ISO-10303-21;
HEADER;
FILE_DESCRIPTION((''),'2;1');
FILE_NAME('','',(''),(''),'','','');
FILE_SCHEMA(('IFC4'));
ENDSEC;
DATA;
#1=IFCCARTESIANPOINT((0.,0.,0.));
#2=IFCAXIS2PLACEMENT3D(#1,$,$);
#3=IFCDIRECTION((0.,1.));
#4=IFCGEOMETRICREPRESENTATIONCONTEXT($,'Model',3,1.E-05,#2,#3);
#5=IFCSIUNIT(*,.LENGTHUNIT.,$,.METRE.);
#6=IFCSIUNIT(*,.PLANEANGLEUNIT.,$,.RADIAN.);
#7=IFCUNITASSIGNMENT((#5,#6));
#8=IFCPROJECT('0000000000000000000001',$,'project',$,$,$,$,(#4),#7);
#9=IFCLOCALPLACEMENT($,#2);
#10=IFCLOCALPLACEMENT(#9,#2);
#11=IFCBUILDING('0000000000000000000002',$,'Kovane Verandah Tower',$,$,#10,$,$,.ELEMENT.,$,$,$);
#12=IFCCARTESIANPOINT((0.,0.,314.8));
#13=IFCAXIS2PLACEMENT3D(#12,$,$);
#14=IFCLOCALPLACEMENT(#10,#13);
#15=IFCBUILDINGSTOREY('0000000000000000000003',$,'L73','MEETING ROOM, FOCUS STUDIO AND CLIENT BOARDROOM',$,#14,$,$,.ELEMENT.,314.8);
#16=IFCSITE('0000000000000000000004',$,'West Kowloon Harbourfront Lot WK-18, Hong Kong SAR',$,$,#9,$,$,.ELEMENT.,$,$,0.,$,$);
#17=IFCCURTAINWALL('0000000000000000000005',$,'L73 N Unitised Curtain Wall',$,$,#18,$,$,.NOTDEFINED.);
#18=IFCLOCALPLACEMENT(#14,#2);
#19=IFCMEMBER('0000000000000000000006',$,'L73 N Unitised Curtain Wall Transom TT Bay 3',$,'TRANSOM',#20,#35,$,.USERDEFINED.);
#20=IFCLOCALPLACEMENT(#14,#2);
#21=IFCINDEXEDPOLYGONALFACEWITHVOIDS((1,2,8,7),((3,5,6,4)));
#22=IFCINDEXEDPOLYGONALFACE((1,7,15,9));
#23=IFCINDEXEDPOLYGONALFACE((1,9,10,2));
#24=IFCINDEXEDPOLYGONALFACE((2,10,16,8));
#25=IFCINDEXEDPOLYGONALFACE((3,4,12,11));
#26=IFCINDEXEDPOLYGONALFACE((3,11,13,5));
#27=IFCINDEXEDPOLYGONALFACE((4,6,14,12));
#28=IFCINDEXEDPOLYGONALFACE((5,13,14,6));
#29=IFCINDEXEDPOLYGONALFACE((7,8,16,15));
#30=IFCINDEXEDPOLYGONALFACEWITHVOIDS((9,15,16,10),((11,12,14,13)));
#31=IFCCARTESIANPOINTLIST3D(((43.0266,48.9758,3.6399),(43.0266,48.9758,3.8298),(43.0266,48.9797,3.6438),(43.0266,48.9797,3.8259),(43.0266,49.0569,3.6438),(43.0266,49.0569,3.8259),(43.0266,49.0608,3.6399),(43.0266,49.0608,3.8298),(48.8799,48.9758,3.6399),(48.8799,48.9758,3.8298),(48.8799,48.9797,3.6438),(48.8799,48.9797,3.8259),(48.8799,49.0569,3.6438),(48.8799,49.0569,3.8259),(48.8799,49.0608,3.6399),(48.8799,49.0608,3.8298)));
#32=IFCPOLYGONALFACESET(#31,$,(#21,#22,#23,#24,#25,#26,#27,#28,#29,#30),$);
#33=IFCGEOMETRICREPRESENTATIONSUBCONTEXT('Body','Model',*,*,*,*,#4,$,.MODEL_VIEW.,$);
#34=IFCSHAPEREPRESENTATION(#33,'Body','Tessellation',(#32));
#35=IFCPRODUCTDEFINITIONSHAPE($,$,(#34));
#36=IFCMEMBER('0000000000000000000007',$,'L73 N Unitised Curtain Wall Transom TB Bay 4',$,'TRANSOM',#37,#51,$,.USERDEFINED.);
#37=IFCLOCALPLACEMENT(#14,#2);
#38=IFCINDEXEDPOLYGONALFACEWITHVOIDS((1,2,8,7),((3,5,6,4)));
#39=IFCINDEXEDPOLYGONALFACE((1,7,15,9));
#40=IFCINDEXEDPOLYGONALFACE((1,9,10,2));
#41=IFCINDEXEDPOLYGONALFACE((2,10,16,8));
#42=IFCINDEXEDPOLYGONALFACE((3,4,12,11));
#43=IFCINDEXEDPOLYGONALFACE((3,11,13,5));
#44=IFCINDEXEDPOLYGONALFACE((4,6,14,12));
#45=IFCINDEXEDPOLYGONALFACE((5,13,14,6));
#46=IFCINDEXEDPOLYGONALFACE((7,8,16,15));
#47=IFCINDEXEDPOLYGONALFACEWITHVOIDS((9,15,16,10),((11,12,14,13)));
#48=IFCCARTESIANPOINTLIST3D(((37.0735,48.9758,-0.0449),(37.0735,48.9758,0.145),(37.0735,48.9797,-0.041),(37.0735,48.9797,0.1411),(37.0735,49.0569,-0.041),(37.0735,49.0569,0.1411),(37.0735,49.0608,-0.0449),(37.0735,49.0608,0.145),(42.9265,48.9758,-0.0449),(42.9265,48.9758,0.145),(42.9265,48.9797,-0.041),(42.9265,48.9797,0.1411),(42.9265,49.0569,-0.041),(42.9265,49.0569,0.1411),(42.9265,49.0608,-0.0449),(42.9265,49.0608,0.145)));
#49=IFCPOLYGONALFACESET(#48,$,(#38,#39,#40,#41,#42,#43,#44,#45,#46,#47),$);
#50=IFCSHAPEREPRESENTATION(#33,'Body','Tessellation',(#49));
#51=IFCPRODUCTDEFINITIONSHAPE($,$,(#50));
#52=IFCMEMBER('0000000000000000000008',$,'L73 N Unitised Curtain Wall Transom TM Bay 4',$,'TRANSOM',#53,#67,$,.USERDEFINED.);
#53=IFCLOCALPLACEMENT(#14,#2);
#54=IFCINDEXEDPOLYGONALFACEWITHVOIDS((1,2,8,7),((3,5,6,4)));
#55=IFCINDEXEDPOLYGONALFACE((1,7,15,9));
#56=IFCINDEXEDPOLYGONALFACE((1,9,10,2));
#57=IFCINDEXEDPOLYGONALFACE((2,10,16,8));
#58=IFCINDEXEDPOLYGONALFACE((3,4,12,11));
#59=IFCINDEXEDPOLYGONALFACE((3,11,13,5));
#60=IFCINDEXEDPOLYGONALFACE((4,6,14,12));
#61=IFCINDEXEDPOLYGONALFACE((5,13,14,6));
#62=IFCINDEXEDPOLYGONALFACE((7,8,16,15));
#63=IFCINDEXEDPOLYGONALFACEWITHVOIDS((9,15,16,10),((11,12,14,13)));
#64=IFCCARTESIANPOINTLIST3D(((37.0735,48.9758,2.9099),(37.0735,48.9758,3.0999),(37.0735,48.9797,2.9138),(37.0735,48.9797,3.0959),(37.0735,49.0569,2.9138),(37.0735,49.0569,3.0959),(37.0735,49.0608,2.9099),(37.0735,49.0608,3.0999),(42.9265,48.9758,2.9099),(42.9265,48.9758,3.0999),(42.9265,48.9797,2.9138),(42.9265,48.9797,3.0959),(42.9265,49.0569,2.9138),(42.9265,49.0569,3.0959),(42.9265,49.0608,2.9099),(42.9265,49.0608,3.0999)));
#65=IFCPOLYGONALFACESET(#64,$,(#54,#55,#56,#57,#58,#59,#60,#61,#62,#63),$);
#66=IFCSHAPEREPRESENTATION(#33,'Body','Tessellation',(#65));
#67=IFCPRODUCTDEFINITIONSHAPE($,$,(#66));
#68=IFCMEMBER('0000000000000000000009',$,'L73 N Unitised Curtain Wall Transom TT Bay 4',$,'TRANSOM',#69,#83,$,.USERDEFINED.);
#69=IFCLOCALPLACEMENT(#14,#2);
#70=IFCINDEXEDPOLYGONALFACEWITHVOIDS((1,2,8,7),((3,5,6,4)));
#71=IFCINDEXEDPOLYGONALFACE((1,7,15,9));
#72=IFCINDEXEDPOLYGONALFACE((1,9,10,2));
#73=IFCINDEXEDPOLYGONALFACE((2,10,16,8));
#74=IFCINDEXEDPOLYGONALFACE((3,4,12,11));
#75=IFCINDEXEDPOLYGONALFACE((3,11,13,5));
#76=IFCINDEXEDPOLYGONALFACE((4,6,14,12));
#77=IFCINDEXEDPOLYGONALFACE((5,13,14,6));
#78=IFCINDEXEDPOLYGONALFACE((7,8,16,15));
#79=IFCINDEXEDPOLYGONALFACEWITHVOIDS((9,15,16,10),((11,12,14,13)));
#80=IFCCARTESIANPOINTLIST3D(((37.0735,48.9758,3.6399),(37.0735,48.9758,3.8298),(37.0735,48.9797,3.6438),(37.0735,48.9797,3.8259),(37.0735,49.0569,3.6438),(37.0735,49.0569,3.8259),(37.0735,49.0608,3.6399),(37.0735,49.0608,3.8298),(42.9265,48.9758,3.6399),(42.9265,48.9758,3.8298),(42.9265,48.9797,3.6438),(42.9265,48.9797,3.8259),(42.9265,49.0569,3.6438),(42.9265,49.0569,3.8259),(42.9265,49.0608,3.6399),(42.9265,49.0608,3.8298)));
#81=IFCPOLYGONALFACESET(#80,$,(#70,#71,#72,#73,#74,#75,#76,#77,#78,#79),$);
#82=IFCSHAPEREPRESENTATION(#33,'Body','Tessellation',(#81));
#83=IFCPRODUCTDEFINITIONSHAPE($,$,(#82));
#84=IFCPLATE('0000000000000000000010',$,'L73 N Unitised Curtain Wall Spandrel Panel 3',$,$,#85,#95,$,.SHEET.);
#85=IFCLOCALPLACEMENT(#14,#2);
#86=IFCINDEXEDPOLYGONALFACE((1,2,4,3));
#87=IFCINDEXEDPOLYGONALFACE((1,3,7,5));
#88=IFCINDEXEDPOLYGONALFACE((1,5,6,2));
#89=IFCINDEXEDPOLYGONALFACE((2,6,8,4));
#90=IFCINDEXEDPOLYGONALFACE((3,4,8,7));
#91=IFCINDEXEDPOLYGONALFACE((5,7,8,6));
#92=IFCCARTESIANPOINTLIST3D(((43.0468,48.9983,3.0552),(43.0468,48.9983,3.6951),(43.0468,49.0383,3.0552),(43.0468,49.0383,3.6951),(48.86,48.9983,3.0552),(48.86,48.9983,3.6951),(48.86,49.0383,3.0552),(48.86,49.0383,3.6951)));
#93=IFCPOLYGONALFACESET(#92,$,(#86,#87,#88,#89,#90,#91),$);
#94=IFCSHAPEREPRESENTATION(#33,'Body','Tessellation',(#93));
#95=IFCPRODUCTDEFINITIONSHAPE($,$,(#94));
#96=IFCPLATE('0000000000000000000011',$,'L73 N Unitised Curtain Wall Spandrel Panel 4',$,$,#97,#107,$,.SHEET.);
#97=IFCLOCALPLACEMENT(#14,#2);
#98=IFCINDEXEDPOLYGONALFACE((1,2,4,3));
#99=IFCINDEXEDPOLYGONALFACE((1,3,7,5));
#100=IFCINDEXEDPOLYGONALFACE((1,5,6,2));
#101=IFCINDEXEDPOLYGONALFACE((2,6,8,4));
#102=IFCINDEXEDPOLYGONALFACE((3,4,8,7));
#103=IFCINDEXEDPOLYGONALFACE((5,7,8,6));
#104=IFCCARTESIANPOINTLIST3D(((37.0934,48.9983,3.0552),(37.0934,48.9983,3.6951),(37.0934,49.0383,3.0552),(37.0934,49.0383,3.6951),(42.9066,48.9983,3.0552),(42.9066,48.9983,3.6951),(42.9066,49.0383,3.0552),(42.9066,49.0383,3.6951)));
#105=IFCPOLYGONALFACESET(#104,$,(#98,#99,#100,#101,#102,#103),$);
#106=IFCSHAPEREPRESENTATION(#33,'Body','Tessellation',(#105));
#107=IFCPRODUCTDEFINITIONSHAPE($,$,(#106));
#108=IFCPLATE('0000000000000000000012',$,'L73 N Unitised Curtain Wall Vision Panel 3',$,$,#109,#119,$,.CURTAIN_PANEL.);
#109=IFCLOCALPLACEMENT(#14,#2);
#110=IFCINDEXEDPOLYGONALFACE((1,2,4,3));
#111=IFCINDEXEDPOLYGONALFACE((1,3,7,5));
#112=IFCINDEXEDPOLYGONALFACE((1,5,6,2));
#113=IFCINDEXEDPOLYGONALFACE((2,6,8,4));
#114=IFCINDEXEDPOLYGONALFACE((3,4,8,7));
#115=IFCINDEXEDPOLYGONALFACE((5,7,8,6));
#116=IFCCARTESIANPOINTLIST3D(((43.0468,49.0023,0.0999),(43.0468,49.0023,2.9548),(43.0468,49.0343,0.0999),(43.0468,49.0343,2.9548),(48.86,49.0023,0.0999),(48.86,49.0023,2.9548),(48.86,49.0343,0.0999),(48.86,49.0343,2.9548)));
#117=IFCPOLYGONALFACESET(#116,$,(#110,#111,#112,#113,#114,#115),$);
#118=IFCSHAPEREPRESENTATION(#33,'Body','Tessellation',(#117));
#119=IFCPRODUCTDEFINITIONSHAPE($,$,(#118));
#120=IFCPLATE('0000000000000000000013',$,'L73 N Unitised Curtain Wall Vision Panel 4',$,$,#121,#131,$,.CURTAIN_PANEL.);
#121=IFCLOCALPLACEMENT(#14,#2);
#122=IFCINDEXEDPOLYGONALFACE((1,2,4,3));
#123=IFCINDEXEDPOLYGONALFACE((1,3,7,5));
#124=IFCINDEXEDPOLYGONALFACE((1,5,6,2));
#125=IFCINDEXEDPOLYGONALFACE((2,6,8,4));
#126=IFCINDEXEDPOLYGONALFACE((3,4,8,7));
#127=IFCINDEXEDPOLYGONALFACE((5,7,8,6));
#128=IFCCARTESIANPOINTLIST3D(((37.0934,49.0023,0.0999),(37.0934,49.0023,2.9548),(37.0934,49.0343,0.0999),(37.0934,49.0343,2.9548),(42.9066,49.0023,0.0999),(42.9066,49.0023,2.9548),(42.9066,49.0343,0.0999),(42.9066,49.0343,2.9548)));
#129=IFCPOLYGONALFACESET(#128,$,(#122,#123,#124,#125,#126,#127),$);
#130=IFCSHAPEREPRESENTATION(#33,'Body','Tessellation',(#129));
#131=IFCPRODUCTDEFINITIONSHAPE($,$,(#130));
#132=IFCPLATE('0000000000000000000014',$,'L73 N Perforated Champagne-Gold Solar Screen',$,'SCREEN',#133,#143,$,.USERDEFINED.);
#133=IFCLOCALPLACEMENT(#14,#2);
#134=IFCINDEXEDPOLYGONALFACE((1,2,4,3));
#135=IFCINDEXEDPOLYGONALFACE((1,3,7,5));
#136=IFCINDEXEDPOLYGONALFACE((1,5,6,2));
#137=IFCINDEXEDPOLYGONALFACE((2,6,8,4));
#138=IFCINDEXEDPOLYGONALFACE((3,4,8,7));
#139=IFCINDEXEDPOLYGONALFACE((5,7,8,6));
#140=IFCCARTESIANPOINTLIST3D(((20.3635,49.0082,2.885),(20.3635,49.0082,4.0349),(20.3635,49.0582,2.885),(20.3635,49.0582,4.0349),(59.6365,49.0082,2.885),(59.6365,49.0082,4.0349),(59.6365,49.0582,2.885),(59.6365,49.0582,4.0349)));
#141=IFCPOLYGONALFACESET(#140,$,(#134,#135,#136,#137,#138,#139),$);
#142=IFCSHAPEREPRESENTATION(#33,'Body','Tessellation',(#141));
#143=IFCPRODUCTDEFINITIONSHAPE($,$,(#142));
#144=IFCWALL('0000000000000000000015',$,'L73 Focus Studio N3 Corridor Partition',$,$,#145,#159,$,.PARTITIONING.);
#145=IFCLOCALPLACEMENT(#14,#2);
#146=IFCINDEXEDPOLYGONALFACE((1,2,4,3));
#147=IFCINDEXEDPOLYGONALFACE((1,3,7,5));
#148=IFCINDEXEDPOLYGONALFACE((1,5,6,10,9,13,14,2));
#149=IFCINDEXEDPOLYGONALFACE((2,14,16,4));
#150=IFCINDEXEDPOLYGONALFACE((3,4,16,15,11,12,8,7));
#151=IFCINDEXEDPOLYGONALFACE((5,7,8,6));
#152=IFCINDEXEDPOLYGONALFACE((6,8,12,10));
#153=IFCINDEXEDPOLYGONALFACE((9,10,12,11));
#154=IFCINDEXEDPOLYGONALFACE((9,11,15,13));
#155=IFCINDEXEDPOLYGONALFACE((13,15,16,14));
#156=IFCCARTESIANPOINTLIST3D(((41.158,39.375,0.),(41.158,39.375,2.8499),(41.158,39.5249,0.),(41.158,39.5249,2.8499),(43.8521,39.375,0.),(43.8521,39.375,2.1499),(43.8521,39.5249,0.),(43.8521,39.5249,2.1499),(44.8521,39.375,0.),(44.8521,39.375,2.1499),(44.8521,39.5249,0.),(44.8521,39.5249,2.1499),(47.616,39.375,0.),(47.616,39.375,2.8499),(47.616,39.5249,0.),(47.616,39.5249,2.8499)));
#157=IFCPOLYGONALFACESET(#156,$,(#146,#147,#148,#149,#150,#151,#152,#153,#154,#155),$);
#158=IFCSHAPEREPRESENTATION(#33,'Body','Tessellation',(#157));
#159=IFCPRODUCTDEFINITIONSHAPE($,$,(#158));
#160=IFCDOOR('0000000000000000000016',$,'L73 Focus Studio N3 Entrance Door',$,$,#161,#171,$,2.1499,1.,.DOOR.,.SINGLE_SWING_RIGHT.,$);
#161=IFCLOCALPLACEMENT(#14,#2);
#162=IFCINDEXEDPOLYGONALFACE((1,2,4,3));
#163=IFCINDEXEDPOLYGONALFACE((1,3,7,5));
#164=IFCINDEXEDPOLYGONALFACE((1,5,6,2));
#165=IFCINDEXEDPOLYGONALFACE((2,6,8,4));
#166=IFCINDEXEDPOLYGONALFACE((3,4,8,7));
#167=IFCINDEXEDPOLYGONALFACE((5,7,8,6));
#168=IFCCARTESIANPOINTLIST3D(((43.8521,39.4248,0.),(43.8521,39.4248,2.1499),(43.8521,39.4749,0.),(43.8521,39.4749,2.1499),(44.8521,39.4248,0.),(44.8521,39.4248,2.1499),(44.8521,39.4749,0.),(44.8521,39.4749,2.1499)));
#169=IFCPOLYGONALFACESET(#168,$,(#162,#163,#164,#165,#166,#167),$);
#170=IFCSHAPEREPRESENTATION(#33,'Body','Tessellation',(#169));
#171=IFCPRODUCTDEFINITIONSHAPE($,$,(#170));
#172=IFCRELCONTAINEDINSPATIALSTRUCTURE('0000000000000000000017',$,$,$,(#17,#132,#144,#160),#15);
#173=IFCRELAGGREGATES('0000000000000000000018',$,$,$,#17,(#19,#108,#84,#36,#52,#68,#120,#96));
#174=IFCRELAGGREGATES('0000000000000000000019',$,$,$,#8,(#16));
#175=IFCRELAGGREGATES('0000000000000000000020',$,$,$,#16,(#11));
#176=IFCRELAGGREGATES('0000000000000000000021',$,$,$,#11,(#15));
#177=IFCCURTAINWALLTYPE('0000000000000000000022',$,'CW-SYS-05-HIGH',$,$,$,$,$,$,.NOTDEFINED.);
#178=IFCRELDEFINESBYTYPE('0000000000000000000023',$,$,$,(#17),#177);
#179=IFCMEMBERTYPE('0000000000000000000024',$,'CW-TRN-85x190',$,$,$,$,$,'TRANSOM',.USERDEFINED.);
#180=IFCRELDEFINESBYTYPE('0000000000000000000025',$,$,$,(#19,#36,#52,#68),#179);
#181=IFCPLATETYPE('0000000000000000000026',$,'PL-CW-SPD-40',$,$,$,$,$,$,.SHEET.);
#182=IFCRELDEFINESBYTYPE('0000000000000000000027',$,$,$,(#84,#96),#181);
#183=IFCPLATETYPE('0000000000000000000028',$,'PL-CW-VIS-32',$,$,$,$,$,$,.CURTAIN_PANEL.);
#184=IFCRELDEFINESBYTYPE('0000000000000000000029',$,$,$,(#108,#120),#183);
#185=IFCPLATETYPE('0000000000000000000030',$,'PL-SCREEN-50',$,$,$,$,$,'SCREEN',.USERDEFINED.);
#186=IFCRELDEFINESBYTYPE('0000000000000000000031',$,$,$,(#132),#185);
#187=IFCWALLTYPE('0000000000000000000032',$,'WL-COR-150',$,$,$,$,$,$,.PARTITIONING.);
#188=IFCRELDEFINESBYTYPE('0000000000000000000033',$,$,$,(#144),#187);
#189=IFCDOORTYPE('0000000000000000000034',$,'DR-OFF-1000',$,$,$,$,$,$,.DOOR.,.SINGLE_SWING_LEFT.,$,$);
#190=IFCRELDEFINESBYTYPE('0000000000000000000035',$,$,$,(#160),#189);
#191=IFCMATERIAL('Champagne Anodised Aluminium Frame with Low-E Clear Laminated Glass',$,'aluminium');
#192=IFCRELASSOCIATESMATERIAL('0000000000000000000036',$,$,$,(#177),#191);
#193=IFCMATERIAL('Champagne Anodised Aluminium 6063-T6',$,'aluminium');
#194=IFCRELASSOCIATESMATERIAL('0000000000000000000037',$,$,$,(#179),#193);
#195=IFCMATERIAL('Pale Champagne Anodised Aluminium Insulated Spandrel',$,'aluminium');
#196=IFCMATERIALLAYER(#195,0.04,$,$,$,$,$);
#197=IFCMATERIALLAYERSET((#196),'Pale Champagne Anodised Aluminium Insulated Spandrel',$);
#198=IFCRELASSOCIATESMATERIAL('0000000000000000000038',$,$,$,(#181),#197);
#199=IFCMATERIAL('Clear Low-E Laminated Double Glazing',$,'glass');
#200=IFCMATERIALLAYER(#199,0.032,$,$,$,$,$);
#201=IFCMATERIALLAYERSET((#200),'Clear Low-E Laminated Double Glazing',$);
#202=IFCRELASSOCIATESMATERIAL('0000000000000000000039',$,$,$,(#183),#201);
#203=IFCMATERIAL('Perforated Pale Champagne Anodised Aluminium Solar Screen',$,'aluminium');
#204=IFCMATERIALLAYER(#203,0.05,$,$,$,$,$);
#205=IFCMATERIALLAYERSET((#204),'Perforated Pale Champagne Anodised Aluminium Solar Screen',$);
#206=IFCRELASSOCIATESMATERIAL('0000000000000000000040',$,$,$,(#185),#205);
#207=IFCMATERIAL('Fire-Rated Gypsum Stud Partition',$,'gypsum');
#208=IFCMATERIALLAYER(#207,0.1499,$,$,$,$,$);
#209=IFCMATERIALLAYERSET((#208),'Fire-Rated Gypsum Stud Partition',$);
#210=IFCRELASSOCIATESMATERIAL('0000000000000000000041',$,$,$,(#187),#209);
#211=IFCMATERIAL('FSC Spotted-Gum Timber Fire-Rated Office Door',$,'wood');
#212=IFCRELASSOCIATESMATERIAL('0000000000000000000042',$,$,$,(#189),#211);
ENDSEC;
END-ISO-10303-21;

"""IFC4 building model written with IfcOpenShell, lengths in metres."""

from ifc_helpers import new_model, si_unit, direction, frame, frame_2d, origin, origin_2d, place, context, subcontext, project, spatial, rectangle, hollow_rectangle, extrude, material, layer, layer_set, material_profile, profile_set, type_object, element, fill, aggregate, save


model = new_model("IFC4")

# Units and contexts
model_context = context("Model", 3, precision=1e-05, world=origin(), true_north=direction((0.0, 1.0)))
body_context = subcontext(model_context, "Body", "Model", "MODEL_VIEW")
ifc_project = project(units=[si_unit("LENGTHUNIT", "METRE"), si_unit("PLANEANGLEUNIT", "RADIAN")], contexts=[model_context])

# Site, building, storey
site_placement = place(None, origin())
site = spatial("IfcSite", under=ifc_project, at=site_placement, Name="West Kowloon Harbourfront Lot WK-18, Hong Kong SAR", CompositionType="ELEMENT", RefElevation=0.0)
building_placement = place(site_placement, origin())
building = spatial("IfcBuilding", under=site, at=building_placement, Name="Kovane Verandah Tower", CompositionType="ELEMENT")
storey_placement = place(building_placement, frame((0.0, 0.0, 314.8)))
storey = spatial("IfcBuildingStorey", under=building, at=storey_placement, Name="L73", Description="MEETING ROOM, FOCUS STUDIO AND CLIENT BOARDROOM", CompositionType="ELEMENT", Elevation=314.8)

# Curtain wall, members, plates
ifc_material_1 = material(Name="Champagne Anodised Aluminium Frame with Low-E Clear Laminated Glass", Category="aluminium")
curtain_wall_type = type_object("IfcCurtainWallType", Name="CW-SYS-05-HIGH", PredefinedType="NOTDEFINED", material=ifc_material_1)
curtain_wall_placement = place(storey_placement, origin())
curtain_wall = element("IfcCurtainWall", 1, at=curtain_wall_placement, inside=storey, type_object=curtain_wall_type, Name="L73 N Unitised Curtain Wall", PredefinedType="NOTDEFINED")
ifc_material_2 = material(Name="Champagne Anodised Aluminium 6063-T6", Category="aluminium")
ifc_material_profile_1 = material_profile(ifc_material_2, hollow_rectangle(XDim=0.085, YDim=0.1899, WallThickness=0.0039, at=origin_2d()), Name="AL85x190x4")
ifc_profile_set_1 = profile_set([ifc_material_profile_1], Name="Champagne Anodised Aluminium 6063-T6")
member_type_1 = type_object("IfcMemberType", Name="CW-TRN-85x190", ElementType="TRANSOM", PredefinedType="USERDEFINED", material=ifc_profile_set_1)
member_1_placement = place(storey_placement, frame((48.8799, 49.0183, 3.7349), z_axis=(-1.0, 0.0, 0.0), x_axis=(0.0, -1.0, 0.0)))
member_1 = element("IfcMember", 2, at=member_1_placement, type_object=member_type_1, Name="L73 N Unitised Curtain Wall Transom TT Bay 3", ObjectType="TRANSOM", PredefinedType="USERDEFINED", context=body_context, shape_type="SweptSolid", body=[
    extrude(hollow_rectangle(XDim=0.085, YDim=0.1899, WallThickness=0.0039, at=origin_2d()), origin(), (0.0, 0.0, 1.0), 5.8533),
])
member_2_placement = place(storey_placement, frame((42.9265, 49.0183, 0.05), z_axis=(-1.0, 0.0, 0.0), x_axis=(0.0, -1.0, 0.0)))
member_2 = element("IfcMember", 3, at=member_2_placement, type_object=member_type_1, Name="L73 N Unitised Curtain Wall Transom TB Bay 4", ObjectType="TRANSOM", PredefinedType="USERDEFINED", context=body_context, shape_type="SweptSolid", body=[
    extrude(hollow_rectangle(XDim=0.085, YDim=0.1899, WallThickness=0.0039, at=origin_2d()), origin(), (0.0, 0.0, 1.0), 5.853),
])
member_3_placement = place(storey_placement, frame((42.9265, 49.0183, 3.0049), z_axis=(-1.0, 0.0, 0.0), x_axis=(0.0, -1.0, 0.0)))
member_3 = element("IfcMember", 4, at=member_3_placement, type_object=member_type_1, Name="L73 N Unitised Curtain Wall Transom TM Bay 4", ObjectType="TRANSOM", PredefinedType="USERDEFINED", context=body_context, shape_type="SweptSolid", body=[
    extrude(hollow_rectangle(XDim=0.085, YDim=0.1899, WallThickness=0.0039, at=origin_2d()), origin(), (0.0, 0.0, 1.0), 5.853),
])
member_4_placement = place(storey_placement, frame((42.9265, 49.0183, 3.7349), z_axis=(-1.0, 0.0, 0.0), x_axis=(0.0, -1.0, 0.0)))
member_4 = element("IfcMember", 5, at=member_4_placement, type_object=member_type_1, Name="L73 N Unitised Curtain Wall Transom TT Bay 4", ObjectType="TRANSOM", PredefinedType="USERDEFINED", context=body_context, shape_type="SweptSolid", body=[
    extrude(hollow_rectangle(XDim=0.085, YDim=0.1899, WallThickness=0.0039, at=origin_2d()), origin(), (0.0, 0.0, 1.0), 5.853),
])
ifc_material_3 = material(Name="Pale Champagne Anodised Aluminium Insulated Spandrel", Category="aluminium")
ifc_layer_1 = layer(ifc_material_3, 0.04)
ifc_layer_set_1 = layer_set([ifc_layer_1], Name="Pale Champagne Anodised Aluminium Insulated Spandrel")
plate_type_1 = type_object("IfcPlateType", Name="PL-CW-SPD-40", PredefinedType="SHEET", material=ifc_layer_set_1)
plate_1_placement = place(storey_placement, frame((45.9534, 49.0183, 3.0552), z_axis=(0.0, 0.0, 1.0), x_axis=(-1.0, 0.0, 0.0)))
plate_1 = element("IfcPlate", 6, at=plate_1_placement, type_object=plate_type_1, Name="L73 N Unitised Curtain Wall Spandrel Panel 3", PredefinedType="SHEET", context=body_context, shape_type="SweptSolid", body=[
    extrude(rectangle(XDim=5.8132, YDim=0.04, at=origin_2d()), origin(), (0.0, 0.0, 1.0), 0.6399),
])
plate_2_placement = place(storey_placement, frame((40.0, 49.0183, 3.0552), z_axis=(0.0, 0.0, 1.0), x_axis=(-1.0, 0.0, 0.0)))
plate_2 = element("IfcPlate", 7, at=plate_2_placement, type_object=plate_type_1, Name="L73 N Unitised Curtain Wall Spandrel Panel 4", PredefinedType="SHEET", context=body_context, shape_type="SweptSolid", body=[
    extrude(rectangle(XDim=5.8132, YDim=0.04, at=origin_2d()), origin(), (0.0, 0.0, 1.0), 0.6399),
])
ifc_material_4 = material(Name="Clear Low-E Laminated Double Glazing", Category="glass")
ifc_layer_2 = layer(ifc_material_4, 0.032)
ifc_layer_set_2 = layer_set([ifc_layer_2], Name="Clear Low-E Laminated Double Glazing")
plate_type_2 = type_object("IfcPlateType", Name="PL-CW-VIS-32", PredefinedType="CURTAIN_PANEL", material=ifc_layer_set_2)
plate_3_placement = place(storey_placement, frame((45.9534, 49.0183, 0.0999), z_axis=(0.0, 0.0, 1.0), x_axis=(-1.0, 0.0, 0.0)))
plate_3 = element("IfcPlate", 8, at=plate_3_placement, type_object=plate_type_2, Name="L73 N Unitised Curtain Wall Vision Panel 3", PredefinedType="CURTAIN_PANEL", context=body_context, shape_type="SweptSolid", body=[
    extrude(rectangle(XDim=5.8132, YDim=0.032, at=origin_2d()), origin(), (0.0, 0.0, 1.0), 2.855),
])
plate_4_placement = place(storey_placement, frame((40.0, 49.0183, 0.0999), z_axis=(0.0, 0.0, 1.0), x_axis=(-1.0, 0.0, 0.0)))
plate_4 = element("IfcPlate", 9, at=plate_4_placement, type_object=plate_type_2, Name="L73 N Unitised Curtain Wall Vision Panel 4", PredefinedType="CURTAIN_PANEL", context=body_context, shape_type="SweptSolid", body=[
    extrude(rectangle(XDim=5.8132, YDim=0.032, at=origin_2d()), origin(), (0.0, 0.0, 1.0), 2.855),
])
aggregate(curtain_wall, [member_1, plate_3, plate_1, member_2, member_3, member_4, plate_4, plate_2])

# Plate
ifc_material_5 = material(Name="Perforated Pale Champagne Anodised Aluminium Solar Screen", Category="aluminium")
ifc_layer_3 = layer(ifc_material_5, 0.05)
ifc_layer_set_3 = layer_set([ifc_layer_3], Name="Perforated Pale Champagne Anodised Aluminium Solar Screen")
plate_type_3 = type_object("IfcPlateType", Name="PL-SCREEN-50", ElementType="SCREEN", PredefinedType="USERDEFINED", material=ifc_layer_set_3)
plate_5_placement = place(storey_placement, frame((40.0, 49.0332, 2.885), z_axis=(0.0, 0.0, 1.0), x_axis=(-1.0, 0.0, 0.0)))
element("IfcPlate", 10, at=plate_5_placement, inside=storey, type_object=plate_type_3, Name="L73 N Perforated Champagne-Gold Solar Screen", ObjectType="SCREEN", PredefinedType="USERDEFINED", context=body_context, shape_type="SweptSolid", body=[
    extrude(rectangle(XDim=39.2729, YDim=0.05, at=origin_2d()), origin(), (0.0, 0.0, 1.0), 1.1499),
])

# Wall, opening, door
ifc_material_6 = material(Name="Fire-Rated Gypsum Stud Partition", Category="gypsum")
ifc_layer_4 = layer(ifc_material_6, 0.1499)
ifc_layer_set_4 = layer_set([ifc_layer_4], Name="Fire-Rated Gypsum Stud Partition")
wall_type_1 = type_object("IfcWallType", Name="WL-COR-150", PredefinedType="PARTITIONING", material=ifc_layer_set_4)
wall_1_placement = place(storey_placement, frame((41.158, 39.45, 0.0), z_axis=(0.0, 0.0, 1.0), x_axis=(1.0, 0.0, 0.0)))
wall_1 = element("IfcWall", 11, at=wall_1_placement, inside=storey, type_object=wall_type_1, Name="L73 Focus Studio N3 Corridor Partition", PredefinedType="PARTITIONING", context=body_context, shape_type="SweptSolid", body=[
    extrude(rectangle(XDim=6.458, YDim=0.1499, at=frame_2d((3.229, 0.0))), origin(), (0.0, 0.0, 1.0), 2.8499),
])
opening_1_placement = place(wall_1_placement, frame((2.6941, 0.0, 0.0)))
opening_1 = element("IfcOpeningElement", 12, at=opening_1_placement, cuts=wall_1, PredefinedType="OPENING", context=body_context, shape_type="SweptSolid", body=[
    extrude(rectangle(XDim=1.0, YDim=2.1499, at=frame_2d((0.5, 1.075))), frame((0.0, 0.075, 0.0), z_axis=(0.0, -1.0, 0.0), x_axis=(1.0, 0.0, 0.0)), (0.0, 0.0, 1.0), 0.1499),
])
ifc_material_7 = material(Name="FSC Spotted-Gum Timber Fire-Rated Office Door", Category="wood")
door_type = type_object("IfcDoorType", Name="DR-OFF-1000", OperationType="SINGLE_SWING_LEFT", PredefinedType="DOOR", material=ifc_material_7)
door_1_placement = place(opening_1_placement, origin())
door_1 = element("IfcDoor", 13, at=door_1_placement, inside=storey, type_object=door_type, Name="L73 Focus Studio N3 Entrance Door", OperationType="SINGLE_SWING_RIGHT", OverallHeight=2.1499, OverallWidth=1.0, PredefinedType="DOOR", context=body_context, shape_type="SweptSolid", body=[
    extrude(rectangle(XDim=1.0, YDim=2.1499, at=frame_2d((0.5, 1.075))), frame((0.0, 0.0249, 0.0), z_axis=(0.0, -1.0, 0.0), x_axis=(1.0, 0.0, 0.0)), (0.0, 0.0, 1.0), 0.05),
])
fill(opening_1, door_1)

save(model, "model.ifc")
